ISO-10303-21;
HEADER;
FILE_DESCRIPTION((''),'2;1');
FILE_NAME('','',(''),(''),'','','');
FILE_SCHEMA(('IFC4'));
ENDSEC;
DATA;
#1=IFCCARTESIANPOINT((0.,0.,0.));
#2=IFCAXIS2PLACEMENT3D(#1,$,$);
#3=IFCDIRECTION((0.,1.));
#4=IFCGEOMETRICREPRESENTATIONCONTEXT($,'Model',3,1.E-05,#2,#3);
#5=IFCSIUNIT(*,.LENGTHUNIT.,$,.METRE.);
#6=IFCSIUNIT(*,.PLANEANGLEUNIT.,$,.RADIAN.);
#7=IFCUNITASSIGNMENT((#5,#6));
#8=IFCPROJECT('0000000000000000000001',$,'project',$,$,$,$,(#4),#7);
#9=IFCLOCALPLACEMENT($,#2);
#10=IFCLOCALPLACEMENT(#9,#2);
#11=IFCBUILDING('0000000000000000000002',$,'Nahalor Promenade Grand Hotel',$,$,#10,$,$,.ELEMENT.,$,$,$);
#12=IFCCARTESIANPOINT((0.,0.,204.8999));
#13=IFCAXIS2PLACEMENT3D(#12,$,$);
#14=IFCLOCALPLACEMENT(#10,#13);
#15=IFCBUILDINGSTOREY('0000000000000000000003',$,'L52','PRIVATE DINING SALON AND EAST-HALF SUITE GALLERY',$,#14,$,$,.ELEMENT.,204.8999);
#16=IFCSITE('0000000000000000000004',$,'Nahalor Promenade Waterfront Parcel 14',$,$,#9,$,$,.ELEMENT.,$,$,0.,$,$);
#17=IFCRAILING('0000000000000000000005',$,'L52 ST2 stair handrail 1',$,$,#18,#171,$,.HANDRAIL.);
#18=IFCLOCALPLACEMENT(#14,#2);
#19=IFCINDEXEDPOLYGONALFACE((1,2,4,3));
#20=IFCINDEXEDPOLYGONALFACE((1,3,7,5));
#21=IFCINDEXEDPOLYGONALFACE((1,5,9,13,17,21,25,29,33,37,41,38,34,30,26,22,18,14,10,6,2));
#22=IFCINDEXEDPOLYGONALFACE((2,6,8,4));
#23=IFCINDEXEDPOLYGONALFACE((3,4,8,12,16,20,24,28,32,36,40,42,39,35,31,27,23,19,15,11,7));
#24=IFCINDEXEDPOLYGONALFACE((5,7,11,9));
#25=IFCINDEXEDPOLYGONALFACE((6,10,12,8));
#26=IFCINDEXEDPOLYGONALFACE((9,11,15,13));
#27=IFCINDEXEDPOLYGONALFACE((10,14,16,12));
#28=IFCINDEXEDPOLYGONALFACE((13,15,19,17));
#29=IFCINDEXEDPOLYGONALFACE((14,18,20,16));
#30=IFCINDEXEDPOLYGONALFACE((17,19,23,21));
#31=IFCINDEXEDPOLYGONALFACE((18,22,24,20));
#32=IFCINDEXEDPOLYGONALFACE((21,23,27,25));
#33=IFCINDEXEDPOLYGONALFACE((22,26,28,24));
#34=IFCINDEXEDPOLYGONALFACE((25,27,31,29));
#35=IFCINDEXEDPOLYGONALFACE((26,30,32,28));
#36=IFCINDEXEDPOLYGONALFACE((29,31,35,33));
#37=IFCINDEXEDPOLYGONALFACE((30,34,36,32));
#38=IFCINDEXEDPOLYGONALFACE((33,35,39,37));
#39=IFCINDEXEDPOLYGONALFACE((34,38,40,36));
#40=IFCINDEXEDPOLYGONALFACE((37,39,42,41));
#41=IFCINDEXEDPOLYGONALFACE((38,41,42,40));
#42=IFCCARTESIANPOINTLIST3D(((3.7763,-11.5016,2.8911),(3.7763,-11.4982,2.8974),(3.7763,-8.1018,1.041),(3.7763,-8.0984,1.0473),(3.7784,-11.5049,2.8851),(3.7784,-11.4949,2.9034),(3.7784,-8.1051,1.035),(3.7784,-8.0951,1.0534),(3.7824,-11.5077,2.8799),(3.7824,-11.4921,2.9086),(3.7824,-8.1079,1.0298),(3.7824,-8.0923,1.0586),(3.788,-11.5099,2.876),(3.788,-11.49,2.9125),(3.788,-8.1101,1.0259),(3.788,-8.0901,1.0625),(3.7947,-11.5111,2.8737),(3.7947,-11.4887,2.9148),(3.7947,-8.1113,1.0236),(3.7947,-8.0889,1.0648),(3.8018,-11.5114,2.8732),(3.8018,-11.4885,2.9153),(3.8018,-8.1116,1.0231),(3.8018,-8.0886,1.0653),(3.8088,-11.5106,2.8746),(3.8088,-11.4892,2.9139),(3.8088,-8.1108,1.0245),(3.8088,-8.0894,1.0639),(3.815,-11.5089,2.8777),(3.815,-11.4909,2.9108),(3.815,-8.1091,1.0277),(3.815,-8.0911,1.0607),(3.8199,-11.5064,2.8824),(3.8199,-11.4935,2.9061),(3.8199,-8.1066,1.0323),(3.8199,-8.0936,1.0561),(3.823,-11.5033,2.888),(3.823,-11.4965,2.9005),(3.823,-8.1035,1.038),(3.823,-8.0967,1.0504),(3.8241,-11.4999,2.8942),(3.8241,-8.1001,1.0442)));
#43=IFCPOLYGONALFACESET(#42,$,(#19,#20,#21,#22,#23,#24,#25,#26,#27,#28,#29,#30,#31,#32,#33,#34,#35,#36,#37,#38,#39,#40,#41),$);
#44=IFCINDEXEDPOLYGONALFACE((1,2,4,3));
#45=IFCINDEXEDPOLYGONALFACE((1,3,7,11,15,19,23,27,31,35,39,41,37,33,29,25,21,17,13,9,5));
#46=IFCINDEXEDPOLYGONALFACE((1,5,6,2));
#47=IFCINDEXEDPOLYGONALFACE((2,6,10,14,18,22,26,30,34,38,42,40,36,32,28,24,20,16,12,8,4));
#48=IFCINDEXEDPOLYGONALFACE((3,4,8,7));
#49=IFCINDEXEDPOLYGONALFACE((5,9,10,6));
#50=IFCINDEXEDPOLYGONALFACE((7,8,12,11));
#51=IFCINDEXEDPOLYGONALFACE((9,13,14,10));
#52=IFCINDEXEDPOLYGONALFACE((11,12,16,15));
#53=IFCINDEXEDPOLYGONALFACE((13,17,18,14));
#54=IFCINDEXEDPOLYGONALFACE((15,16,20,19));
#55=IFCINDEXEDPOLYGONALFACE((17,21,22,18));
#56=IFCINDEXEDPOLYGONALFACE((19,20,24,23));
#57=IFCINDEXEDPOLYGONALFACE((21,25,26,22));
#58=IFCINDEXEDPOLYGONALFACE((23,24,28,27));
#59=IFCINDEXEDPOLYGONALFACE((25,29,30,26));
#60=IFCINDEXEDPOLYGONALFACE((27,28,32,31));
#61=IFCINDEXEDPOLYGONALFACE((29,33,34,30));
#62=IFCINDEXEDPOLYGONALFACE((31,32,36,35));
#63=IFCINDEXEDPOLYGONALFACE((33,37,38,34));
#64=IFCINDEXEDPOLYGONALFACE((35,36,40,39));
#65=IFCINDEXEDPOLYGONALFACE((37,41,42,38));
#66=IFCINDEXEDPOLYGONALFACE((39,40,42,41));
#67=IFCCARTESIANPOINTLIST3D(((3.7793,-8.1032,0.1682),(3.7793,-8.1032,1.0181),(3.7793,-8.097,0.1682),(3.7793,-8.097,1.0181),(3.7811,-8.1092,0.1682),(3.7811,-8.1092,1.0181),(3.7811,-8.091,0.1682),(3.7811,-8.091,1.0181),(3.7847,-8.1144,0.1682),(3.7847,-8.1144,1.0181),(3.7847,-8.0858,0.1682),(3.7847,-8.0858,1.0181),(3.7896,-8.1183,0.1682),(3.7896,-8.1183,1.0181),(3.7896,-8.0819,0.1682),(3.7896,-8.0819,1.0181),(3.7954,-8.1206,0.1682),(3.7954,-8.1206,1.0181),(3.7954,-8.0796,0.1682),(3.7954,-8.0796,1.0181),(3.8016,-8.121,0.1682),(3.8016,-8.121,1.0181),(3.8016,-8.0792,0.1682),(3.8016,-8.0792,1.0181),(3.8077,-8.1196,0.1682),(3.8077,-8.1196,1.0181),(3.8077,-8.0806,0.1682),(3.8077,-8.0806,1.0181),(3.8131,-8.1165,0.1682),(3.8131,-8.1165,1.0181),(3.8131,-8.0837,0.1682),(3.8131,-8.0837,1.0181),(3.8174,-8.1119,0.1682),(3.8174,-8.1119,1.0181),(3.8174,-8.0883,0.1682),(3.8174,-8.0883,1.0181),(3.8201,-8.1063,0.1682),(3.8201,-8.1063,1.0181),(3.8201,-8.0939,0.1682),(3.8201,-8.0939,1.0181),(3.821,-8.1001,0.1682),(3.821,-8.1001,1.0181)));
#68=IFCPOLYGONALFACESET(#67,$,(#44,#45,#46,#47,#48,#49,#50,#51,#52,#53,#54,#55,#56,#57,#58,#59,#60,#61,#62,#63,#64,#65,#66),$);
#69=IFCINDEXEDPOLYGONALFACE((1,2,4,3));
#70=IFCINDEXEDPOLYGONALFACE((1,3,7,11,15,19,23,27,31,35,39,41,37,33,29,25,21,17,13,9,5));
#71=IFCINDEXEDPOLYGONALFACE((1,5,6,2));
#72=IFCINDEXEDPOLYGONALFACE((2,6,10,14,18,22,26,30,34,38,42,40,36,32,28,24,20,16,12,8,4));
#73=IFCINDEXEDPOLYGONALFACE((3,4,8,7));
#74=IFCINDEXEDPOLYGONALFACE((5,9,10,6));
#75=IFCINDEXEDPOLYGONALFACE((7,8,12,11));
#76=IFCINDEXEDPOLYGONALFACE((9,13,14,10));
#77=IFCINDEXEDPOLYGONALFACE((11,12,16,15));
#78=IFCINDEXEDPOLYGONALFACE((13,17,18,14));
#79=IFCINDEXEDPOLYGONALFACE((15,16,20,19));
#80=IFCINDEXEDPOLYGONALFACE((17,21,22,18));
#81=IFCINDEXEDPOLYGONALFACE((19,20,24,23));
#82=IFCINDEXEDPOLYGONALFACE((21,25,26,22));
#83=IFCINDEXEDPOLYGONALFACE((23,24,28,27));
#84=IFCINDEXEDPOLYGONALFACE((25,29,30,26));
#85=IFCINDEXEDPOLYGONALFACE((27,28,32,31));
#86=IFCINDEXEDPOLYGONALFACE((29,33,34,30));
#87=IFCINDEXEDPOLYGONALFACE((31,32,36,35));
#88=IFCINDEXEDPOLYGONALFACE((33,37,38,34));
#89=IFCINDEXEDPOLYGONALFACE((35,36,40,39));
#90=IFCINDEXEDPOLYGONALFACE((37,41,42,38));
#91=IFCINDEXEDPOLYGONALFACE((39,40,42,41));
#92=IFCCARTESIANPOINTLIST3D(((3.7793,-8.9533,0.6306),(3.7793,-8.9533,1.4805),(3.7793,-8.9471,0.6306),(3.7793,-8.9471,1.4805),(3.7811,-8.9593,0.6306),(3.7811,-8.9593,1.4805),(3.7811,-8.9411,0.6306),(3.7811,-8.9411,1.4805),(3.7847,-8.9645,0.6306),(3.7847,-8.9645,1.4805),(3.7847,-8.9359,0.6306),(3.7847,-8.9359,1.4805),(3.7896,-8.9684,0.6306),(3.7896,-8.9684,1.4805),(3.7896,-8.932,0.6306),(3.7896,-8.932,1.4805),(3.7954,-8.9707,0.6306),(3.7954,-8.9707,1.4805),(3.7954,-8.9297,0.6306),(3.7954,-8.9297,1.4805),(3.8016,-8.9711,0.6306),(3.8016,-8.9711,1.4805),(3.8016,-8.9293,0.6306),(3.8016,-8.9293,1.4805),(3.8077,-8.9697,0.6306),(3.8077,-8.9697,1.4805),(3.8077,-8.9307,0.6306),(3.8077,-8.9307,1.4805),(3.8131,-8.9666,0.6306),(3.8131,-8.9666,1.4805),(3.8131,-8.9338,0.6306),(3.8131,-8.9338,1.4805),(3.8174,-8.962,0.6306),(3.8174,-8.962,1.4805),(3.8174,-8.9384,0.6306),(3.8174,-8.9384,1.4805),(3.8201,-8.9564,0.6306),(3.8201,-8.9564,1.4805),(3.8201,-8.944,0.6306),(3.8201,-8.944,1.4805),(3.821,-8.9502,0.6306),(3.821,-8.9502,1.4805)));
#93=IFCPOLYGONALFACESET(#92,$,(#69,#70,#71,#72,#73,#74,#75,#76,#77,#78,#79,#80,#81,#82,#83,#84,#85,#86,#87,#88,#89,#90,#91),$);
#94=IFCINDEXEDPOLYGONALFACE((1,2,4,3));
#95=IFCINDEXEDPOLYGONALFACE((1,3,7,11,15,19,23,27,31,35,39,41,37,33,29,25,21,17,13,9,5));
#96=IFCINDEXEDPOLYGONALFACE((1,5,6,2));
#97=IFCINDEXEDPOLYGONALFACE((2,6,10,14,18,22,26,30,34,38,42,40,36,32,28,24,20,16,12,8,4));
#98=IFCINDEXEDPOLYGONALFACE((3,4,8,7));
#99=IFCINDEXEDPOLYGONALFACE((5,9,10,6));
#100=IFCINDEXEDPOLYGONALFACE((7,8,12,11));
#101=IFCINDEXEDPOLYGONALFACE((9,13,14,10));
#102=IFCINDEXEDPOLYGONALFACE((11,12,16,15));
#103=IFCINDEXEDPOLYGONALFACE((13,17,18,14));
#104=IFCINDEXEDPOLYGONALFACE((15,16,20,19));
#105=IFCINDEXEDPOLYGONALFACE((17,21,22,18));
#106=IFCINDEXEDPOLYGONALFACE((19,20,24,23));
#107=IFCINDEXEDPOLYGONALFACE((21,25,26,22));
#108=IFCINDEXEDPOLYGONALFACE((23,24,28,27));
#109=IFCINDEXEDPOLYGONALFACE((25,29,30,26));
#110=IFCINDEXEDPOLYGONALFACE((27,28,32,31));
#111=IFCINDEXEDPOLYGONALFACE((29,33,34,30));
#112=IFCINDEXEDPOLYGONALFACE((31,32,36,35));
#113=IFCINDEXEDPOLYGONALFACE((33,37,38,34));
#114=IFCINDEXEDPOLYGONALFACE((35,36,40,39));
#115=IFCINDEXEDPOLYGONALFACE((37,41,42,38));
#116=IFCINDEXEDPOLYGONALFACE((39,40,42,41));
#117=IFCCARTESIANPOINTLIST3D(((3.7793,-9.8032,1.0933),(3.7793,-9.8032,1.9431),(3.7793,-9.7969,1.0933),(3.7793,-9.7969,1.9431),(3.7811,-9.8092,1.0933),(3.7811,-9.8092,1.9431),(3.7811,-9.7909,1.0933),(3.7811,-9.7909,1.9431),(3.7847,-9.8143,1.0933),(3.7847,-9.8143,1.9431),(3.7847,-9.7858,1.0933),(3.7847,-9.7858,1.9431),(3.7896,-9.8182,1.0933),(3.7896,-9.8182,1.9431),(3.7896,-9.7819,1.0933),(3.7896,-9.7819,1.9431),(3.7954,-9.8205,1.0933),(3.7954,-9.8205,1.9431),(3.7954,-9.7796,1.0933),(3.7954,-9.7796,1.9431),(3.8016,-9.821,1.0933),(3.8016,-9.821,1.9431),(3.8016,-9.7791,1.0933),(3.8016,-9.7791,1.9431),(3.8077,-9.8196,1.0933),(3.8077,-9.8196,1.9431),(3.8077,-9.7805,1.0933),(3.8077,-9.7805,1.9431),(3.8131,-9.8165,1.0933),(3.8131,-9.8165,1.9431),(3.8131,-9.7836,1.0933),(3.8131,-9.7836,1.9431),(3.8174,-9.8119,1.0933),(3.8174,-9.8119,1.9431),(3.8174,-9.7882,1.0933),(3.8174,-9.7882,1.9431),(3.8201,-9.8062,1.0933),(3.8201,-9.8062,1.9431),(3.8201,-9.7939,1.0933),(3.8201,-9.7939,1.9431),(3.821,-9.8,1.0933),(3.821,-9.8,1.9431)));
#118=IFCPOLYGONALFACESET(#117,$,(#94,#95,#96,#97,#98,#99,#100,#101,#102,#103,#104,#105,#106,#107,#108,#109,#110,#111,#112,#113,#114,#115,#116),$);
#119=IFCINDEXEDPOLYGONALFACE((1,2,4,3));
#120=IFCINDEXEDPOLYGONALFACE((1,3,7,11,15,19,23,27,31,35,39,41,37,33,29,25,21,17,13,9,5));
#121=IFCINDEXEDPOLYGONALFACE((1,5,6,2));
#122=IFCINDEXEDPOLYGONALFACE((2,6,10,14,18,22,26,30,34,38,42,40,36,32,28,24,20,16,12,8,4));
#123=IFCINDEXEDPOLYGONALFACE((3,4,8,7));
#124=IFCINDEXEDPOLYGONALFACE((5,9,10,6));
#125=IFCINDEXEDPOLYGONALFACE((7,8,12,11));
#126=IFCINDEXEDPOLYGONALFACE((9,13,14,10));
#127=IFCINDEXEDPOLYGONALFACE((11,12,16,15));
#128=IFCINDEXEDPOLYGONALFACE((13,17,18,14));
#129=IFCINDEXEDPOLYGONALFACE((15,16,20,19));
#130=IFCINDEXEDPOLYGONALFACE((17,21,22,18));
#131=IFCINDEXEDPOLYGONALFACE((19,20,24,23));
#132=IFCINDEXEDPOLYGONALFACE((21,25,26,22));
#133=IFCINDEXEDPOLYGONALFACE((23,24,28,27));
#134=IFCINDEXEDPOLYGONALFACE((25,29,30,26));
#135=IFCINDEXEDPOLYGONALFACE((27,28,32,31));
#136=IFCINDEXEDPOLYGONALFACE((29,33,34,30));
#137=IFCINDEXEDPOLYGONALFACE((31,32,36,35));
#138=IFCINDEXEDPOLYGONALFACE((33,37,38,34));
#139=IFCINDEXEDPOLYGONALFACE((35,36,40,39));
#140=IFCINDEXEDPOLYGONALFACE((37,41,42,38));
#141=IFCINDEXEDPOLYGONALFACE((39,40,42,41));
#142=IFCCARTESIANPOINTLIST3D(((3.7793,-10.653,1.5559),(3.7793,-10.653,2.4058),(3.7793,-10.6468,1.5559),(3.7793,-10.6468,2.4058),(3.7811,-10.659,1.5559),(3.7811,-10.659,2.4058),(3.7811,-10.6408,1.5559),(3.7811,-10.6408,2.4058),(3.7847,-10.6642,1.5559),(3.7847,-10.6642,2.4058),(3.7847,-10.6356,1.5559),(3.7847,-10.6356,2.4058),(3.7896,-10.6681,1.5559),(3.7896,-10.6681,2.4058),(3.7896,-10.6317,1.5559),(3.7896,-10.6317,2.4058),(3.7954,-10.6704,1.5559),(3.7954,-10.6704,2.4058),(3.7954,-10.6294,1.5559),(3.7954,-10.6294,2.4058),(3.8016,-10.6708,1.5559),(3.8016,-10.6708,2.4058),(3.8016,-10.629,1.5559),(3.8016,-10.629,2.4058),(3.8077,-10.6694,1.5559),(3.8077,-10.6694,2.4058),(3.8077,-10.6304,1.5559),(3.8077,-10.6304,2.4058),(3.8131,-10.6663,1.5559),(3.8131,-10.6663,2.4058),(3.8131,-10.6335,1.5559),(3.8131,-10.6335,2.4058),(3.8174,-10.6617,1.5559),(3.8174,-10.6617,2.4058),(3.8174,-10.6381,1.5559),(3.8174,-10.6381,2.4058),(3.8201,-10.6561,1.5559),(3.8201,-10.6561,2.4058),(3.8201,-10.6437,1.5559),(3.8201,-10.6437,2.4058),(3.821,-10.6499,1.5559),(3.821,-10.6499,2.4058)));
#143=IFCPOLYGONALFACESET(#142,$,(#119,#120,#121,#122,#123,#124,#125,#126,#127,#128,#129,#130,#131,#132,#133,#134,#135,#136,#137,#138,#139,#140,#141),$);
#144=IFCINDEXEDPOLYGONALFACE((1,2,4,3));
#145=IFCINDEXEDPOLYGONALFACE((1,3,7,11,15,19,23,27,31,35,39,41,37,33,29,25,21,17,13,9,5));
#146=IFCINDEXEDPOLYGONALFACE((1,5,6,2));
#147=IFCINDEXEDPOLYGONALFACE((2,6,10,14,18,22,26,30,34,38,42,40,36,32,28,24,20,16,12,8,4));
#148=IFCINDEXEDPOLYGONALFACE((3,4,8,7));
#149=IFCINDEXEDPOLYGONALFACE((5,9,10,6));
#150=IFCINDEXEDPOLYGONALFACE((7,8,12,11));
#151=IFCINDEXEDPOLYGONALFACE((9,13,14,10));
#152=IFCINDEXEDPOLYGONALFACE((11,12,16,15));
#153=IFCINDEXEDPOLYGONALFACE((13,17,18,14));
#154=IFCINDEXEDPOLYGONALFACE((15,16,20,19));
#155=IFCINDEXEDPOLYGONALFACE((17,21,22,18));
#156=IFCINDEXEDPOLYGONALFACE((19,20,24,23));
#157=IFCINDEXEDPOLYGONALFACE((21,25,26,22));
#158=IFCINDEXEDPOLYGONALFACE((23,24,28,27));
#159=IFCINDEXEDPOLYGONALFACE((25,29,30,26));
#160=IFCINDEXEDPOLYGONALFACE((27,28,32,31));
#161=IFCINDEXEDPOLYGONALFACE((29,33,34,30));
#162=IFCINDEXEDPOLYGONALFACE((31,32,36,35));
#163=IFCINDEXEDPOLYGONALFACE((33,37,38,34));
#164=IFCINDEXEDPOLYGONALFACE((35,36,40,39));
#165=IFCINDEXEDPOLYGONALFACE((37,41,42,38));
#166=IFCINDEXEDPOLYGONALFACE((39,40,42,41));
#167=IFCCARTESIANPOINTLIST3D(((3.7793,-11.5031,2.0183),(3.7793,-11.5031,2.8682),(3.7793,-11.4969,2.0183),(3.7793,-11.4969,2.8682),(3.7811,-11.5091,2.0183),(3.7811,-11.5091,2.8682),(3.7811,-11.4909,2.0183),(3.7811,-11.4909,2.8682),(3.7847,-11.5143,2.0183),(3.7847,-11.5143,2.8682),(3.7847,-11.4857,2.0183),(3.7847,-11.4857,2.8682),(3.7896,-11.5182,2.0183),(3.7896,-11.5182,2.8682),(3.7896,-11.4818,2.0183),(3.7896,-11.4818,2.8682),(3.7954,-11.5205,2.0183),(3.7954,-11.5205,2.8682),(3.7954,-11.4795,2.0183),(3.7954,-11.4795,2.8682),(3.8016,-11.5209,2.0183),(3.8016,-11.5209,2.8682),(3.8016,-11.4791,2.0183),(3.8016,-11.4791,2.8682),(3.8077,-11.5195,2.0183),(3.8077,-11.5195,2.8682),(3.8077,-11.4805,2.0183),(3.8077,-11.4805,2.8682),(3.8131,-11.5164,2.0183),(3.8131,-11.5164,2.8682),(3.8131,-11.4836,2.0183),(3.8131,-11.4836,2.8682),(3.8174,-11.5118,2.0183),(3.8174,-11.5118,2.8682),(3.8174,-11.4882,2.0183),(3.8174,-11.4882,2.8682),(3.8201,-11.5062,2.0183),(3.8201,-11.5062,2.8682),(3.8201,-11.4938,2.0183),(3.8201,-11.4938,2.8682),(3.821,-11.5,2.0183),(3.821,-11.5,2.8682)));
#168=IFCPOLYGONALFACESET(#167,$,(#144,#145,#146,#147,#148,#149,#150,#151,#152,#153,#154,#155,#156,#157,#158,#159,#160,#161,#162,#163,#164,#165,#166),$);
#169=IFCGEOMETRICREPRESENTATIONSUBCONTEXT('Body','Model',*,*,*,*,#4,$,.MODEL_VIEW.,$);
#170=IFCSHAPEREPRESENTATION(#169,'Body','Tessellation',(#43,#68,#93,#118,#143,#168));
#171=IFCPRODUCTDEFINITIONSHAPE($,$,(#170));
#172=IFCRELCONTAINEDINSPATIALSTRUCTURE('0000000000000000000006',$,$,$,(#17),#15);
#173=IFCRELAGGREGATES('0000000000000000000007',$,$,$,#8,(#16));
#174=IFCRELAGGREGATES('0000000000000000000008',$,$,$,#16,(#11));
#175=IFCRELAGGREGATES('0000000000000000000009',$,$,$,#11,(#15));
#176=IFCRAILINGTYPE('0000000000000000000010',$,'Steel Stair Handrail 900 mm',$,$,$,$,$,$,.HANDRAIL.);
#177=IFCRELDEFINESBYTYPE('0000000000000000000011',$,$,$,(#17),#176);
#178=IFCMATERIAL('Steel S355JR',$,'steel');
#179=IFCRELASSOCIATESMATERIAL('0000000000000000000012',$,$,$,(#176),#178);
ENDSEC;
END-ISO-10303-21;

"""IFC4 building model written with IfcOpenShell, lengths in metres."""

from ifc_helpers import new_model, si_unit, direction, frame, origin, origin_2d, place, context, subcontext, project, spatial, circle, extrude, material, type_object, element, save


model = new_model("IFC4")

# Units and contexts
model_context = context("Model", 3, precision=1e-05, world=origin(), true_north=direction((0.0, 1.0)))
body_context = subcontext(model_context, "Body", "Model", "MODEL_VIEW")
ifc_project = project(units=[si_unit("LENGTHUNIT", "METRE"), si_unit("PLANEANGLEUNIT", "RADIAN")], contexts=[model_context])

# Site, building, storey
site_placement = place(None, origin())
site = spatial("IfcSite", under=ifc_project, at=site_placement, Name="Nahalor Promenade Waterfront Parcel 14", CompositionType="ELEMENT", RefElevation=0.0)
building_placement = place(site_placement, origin())
building = spatial("IfcBuilding", under=site, at=building_placement, Name="Nahalor Promenade Grand Hotel", CompositionType="ELEMENT")
storey_placement = place(building_placement, frame((0.0, 0.0, 204.8999)))
storey = spatial("IfcBuildingStorey", under=building, at=storey_placement, Name="L52", Description="PRIVATE DINING SALON AND EAST-HALF SUITE GALLERY", CompositionType="ELEMENT", Elevation=204.8999)

# Shared definitions
ifc_material_1 = material(Name="Steel S355JR", Category="steel")

# Railing
railing_type_1 = type_object("IfcRailingType", Name="Steel Stair Handrail 900 mm", PredefinedType="HANDRAIL", material=ifc_material_1)
railing_1_placement = place(storey_placement, frame((3.8, -8.1001, 0.1682)))
element("IfcRailing", 1, at=railing_1_placement, inside=storey, type_object=railing_type_1, Name="L52 ST2 stair handrail 1", PredefinedType="HANDRAIL", context=body_context, shape_type="SweptSolid", body=[
    extrude(circle(Radius=0.024, at=origin_2d()), frame((0.0, 0.0, 0.876), z_axis=(0.0, -0.878372, 0.477977), x_axis=(1.0, 0.0, 0.0)), (0.0, 0.0, 1.0), 3.8706),
    extrude(circle(Radius=0.021, at=origin_2d()), origin(), (0.0, 0.0, 1.0), 0.8499),
    extrude(circle(Radius=0.021, at=origin_2d()), frame((0.0, -0.8501, 0.4624)), (0.0, 0.0, 1.0), 0.8499),
    extrude(circle(Radius=0.021, at=origin_2d()), frame((0.0, -1.7, 0.925)), (0.0, 0.0, 1.0), 0.8499),
    extrude(circle(Radius=0.021, at=origin_2d()), frame((0.0, -2.5498, 1.3877)), (0.0, 0.0, 1.0), 0.8499),
    extrude(circle(Radius=0.021, at=origin_2d()), frame((0.0, -3.3999, 1.8501)), (0.0, 0.0, 1.0), 0.8499),
])

save(model, "model.ifc")
